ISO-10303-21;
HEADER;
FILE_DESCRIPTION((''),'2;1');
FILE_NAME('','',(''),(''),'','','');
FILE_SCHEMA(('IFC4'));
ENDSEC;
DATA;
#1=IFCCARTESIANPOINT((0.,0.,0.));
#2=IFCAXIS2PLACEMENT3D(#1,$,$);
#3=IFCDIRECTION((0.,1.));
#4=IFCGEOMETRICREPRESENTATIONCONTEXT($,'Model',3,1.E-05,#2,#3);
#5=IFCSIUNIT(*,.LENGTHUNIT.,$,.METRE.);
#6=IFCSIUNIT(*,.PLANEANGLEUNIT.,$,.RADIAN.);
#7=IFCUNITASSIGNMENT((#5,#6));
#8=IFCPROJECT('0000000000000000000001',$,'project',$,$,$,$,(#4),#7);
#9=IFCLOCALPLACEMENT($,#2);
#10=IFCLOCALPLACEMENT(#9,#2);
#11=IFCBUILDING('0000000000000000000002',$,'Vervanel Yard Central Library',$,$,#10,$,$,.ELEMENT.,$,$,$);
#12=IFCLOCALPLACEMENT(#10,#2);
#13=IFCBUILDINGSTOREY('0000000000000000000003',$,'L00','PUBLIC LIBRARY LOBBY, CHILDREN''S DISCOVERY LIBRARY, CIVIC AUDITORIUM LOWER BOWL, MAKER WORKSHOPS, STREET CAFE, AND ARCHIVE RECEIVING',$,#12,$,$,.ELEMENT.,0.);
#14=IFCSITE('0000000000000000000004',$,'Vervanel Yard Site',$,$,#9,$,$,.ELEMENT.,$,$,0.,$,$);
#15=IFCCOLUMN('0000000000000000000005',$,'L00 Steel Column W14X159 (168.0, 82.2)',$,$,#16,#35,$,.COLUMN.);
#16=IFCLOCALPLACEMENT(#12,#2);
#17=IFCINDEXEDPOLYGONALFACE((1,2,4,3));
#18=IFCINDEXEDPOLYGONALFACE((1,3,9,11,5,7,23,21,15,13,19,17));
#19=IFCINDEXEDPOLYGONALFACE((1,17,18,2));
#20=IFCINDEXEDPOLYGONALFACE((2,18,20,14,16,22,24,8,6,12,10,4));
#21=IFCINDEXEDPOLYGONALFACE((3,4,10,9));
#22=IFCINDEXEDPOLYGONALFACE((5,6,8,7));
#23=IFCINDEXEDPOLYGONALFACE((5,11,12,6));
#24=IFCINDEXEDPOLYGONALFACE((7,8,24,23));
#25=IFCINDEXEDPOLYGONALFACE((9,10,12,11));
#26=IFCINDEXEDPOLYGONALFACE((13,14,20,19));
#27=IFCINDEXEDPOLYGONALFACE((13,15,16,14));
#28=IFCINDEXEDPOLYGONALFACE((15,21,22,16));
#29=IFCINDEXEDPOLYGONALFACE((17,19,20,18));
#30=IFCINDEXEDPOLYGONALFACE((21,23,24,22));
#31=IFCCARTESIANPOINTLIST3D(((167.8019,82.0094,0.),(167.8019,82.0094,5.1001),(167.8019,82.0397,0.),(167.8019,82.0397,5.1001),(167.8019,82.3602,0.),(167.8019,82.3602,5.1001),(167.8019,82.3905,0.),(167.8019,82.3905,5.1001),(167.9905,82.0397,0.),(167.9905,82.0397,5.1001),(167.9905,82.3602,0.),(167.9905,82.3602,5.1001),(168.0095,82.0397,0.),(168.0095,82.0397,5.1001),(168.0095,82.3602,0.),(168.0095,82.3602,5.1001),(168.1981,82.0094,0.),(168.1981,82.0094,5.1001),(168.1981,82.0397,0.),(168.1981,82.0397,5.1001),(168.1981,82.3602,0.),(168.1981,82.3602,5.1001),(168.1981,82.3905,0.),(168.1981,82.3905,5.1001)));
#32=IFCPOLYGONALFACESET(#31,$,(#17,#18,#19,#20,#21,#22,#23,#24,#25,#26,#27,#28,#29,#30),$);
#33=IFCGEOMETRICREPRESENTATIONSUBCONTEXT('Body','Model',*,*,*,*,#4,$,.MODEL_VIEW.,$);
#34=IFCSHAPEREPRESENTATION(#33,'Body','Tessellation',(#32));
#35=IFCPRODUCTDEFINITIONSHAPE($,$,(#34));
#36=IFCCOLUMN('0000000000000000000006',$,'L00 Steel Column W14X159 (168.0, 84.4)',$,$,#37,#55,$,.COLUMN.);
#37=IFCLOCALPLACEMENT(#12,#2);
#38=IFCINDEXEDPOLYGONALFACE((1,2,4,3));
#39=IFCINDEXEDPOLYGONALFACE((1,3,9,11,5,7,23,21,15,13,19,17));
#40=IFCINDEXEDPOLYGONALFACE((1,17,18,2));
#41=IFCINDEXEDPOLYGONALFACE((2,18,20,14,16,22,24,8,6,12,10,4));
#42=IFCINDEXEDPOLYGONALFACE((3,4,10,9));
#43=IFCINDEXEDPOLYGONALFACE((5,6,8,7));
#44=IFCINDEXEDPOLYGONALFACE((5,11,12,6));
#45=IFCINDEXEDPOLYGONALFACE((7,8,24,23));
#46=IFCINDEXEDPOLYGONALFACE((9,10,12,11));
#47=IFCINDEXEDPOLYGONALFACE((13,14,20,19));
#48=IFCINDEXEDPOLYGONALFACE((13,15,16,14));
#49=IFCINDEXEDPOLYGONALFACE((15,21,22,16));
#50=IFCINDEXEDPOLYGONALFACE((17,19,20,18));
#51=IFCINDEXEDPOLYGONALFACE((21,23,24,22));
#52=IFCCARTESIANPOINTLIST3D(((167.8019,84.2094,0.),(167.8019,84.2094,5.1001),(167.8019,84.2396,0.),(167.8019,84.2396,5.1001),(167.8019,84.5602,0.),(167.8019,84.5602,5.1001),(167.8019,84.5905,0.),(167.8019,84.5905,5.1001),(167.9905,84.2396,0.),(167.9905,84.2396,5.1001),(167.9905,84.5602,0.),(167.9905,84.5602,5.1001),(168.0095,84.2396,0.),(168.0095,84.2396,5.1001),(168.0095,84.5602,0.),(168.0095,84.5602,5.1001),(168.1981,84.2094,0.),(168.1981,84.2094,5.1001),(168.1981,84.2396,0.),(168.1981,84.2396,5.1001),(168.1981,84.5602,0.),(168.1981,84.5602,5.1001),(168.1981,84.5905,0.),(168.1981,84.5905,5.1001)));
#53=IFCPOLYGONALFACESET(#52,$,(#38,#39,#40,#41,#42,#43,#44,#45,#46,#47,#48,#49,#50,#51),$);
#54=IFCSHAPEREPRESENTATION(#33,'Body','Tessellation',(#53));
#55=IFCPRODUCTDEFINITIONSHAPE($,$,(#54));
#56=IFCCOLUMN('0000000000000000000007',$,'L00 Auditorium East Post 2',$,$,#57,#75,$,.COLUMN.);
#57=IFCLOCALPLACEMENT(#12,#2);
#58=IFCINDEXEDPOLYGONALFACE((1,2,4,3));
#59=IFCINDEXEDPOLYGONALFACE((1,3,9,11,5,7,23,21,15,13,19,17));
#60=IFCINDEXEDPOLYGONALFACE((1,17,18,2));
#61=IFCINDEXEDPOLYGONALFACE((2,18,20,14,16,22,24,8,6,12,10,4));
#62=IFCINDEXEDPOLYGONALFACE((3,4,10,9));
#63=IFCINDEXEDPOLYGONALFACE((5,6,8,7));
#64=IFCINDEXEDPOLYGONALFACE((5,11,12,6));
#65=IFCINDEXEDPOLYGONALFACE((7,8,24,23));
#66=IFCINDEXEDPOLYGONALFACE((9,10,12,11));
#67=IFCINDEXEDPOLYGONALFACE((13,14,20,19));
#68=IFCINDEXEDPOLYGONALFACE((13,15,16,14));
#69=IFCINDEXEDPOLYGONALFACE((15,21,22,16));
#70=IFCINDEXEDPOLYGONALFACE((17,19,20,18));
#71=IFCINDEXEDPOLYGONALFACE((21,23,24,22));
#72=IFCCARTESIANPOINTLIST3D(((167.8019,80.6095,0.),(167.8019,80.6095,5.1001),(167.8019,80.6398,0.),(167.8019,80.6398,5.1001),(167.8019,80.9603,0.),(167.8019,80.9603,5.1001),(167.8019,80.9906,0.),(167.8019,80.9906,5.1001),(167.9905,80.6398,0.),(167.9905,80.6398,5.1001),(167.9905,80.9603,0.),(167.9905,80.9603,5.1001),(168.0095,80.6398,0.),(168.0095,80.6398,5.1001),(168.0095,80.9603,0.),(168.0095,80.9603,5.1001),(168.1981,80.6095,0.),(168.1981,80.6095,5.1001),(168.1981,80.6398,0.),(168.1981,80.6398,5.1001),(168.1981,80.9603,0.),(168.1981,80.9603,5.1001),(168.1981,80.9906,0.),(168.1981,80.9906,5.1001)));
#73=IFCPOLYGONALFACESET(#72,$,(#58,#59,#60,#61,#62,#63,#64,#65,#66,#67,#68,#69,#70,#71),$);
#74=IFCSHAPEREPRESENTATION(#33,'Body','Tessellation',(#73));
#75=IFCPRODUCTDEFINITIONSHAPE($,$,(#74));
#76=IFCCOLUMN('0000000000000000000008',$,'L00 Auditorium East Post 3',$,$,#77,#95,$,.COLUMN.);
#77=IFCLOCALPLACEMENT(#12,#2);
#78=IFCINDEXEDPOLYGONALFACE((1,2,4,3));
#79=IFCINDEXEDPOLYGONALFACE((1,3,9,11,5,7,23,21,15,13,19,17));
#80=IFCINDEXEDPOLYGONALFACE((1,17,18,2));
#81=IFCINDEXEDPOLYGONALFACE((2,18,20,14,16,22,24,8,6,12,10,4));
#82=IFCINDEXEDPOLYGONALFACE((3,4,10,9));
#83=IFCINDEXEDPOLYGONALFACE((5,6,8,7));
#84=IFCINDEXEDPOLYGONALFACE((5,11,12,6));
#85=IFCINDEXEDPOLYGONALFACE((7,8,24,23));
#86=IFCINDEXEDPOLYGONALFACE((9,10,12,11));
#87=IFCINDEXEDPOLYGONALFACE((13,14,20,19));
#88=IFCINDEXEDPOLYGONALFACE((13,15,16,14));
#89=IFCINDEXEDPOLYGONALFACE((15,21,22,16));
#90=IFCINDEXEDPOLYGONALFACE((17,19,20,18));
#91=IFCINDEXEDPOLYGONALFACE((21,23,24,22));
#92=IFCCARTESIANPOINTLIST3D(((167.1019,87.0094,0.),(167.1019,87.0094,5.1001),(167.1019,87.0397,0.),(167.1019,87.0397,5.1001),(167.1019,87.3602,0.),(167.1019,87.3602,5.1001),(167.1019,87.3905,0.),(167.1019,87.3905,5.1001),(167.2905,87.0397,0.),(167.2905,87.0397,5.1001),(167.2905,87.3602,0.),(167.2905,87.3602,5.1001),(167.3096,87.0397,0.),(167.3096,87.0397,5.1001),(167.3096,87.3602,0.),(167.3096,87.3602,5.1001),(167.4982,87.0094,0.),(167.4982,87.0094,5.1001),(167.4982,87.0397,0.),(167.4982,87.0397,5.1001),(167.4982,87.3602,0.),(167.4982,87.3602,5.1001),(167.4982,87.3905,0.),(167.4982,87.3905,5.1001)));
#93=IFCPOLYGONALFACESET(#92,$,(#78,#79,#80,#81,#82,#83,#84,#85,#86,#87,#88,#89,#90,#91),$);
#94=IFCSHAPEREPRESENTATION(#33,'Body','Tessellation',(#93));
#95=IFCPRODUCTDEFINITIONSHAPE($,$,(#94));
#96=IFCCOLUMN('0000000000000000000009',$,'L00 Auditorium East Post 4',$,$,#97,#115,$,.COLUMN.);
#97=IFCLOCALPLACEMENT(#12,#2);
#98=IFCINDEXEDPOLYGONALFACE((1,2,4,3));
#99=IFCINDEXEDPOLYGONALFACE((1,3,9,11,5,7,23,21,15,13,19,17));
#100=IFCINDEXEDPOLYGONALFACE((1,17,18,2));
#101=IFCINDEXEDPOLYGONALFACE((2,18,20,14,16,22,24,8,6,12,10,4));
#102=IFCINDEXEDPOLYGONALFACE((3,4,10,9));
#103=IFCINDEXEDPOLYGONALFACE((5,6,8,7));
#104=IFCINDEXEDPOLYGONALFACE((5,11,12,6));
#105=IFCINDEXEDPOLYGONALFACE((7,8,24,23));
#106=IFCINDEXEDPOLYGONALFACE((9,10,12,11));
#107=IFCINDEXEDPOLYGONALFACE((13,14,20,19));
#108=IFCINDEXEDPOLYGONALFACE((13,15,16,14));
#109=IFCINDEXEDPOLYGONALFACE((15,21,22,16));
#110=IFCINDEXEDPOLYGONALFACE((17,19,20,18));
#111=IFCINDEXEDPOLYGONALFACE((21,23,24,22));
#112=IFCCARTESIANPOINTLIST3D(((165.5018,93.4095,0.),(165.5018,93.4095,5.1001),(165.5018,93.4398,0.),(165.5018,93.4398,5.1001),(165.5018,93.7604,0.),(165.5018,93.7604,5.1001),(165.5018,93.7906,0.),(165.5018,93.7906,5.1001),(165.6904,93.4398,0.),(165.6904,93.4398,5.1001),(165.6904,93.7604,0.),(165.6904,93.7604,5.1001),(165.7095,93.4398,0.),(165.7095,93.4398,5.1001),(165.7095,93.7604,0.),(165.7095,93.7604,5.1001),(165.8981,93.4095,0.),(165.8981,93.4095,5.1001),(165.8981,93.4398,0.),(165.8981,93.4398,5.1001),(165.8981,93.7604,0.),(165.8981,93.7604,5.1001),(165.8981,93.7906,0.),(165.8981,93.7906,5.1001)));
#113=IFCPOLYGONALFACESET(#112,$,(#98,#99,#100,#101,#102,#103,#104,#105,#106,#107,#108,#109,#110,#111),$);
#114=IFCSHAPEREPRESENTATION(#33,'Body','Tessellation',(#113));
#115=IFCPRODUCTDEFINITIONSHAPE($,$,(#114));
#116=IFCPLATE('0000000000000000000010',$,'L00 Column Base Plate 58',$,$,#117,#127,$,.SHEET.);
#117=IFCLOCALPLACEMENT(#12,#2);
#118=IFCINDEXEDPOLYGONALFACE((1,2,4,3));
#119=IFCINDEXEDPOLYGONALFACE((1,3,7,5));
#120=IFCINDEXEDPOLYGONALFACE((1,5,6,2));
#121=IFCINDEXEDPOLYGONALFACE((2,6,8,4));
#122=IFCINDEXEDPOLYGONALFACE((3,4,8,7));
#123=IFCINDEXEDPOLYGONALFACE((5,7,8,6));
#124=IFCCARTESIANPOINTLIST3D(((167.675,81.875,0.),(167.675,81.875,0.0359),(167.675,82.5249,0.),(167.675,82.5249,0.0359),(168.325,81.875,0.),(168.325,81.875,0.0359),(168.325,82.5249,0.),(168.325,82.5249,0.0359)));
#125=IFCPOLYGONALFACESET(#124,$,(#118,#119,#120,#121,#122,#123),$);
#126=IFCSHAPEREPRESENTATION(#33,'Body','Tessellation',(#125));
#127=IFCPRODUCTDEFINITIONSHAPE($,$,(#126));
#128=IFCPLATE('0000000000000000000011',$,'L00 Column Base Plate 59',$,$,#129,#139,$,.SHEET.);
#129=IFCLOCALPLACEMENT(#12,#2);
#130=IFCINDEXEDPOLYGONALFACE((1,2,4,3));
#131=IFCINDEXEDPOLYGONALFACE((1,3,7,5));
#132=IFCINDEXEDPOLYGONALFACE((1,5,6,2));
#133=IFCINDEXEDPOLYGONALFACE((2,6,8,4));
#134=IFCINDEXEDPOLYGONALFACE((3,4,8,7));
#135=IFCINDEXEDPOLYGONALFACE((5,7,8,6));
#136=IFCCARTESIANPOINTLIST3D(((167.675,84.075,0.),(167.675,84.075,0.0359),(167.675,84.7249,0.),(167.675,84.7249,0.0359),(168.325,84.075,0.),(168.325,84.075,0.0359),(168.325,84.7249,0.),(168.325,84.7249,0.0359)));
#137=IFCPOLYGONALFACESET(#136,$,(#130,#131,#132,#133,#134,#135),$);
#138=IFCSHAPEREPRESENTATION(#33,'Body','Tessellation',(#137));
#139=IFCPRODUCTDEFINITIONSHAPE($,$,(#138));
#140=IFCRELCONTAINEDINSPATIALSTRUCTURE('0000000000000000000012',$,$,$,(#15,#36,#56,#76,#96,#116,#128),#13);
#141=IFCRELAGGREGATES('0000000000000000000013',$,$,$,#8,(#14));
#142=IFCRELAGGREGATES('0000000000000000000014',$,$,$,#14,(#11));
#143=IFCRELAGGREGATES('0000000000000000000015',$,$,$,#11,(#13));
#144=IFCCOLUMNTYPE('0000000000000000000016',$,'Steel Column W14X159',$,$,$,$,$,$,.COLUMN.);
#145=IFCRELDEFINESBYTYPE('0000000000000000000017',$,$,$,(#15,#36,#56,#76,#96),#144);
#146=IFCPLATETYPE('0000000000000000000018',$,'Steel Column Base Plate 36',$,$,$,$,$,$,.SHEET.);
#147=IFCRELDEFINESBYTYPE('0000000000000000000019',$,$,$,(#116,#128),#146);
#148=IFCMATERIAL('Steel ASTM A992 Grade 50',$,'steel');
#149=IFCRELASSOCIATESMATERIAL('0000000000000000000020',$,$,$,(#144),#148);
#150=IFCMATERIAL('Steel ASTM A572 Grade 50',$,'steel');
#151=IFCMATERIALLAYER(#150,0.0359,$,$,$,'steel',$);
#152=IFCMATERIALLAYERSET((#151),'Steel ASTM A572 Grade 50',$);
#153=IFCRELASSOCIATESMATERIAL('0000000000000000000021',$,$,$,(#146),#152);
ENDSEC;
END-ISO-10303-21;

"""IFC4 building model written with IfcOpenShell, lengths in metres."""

from ifc_helpers import new_model, si_unit, direction, frame, origin, origin_2d, place, context, subcontext, project, spatial, rectangle, i_section, extrude, material, layer, layer_set, material_profile, profile_set, type_object, element, save


model = new_model("IFC4")

# Units and contexts
model_context = context("Model", 3, precision=1e-05, world=origin(), true_north=direction((0.0, 1.0)))
body_context = subcontext(model_context, "Body", "Model", "MODEL_VIEW")
ifc_project = project(units=[si_unit("LENGTHUNIT", "METRE"), si_unit("PLANEANGLEUNIT", "RADIAN")], contexts=[model_context])

# Site, building, storey
site_placement = place(None, origin())
site = spatial("IfcSite", under=ifc_project, at=site_placement, Name="Vervanel Yard Site", CompositionType="ELEMENT", RefElevation=0.0)
building_placement = place(site_placement, origin())
building = spatial("IfcBuilding", under=site, at=building_placement, Name="Vervanel Yard Central Library", CompositionType="ELEMENT")
storey_placement = place(building_placement, origin())
storey = spatial("IfcBuildingStorey", under=building, at=storey_placement, Name="L00", Description="PUBLIC LIBRARY LOBBY, CHILDREN'S DISCOVERY LIBRARY, CIVIC AUDITORIUM LOWER BOWL, MAKER WORKSHOPS, STREET CAFE, AND ARCHIVE RECEIVING", CompositionType="ELEMENT", Elevation=0.0)

# Columns
ifc_material_1 = material(Name="Steel ASTM A992 Grade 50", Category="steel")
ifc_material_profile_1 = material_profile(ifc_material_1, i_section(OverallWidth=0.3962, OverallDepth=0.3811, WebThickness=0.019, FlangeThickness=0.0303, at=origin_2d()), Name="W14X159", Category="steel")
ifc_profile_set_1 = profile_set([ifc_material_profile_1], Name="Steel ASTM A992 Grade 50")
column_type = type_object("IfcColumnType", Name="Steel Column W14X159", PredefinedType="COLUMN", material=ifc_profile_set_1)
for number, where, z_axis, x_axis, name in (
    (1, (168.0, 82.2, 0.0), (0.0, 0.0, 1.0), (1.0, 0.0, 0.0), "L00 Steel Column W14X159 (168.0, 82.2)"),
    (2, (168.0, 84.3999, 0.0), (0.0, 0.0, 1.0), (1.0, 0.0, 0.0), "L00 Steel Column W14X159 (168.0, 84.4)"),
    (3, (168.0, 80.8, 0.0), (0.0, 0.0, 1.0), (1.0, 0.0, 0.0), "L00 Auditorium East Post 2"),
    (4, (167.3, 87.2, 0.0), (0.0, 0.0, 1.0), (1.0, 0.0, 0.0), "L00 Auditorium East Post 3"),
    (5, (165.7, 93.6001, 0.0), (0.0, 0.0, 1.0), (1.0, 0.0, 0.0), "L00 Auditorium East Post 4"),
):
    element("IfcColumn", number, at=place(storey_placement, frame(where, z_axis=z_axis, x_axis=x_axis)), inside=storey, type_object=column_type, Name=name, PredefinedType="COLUMN", context=body_context, shape_type="SweptSolid", body=[
        extrude(i_section(OverallWidth=0.3962, OverallDepth=0.3811, WebThickness=0.019, FlangeThickness=0.0303, at=origin_2d()), origin(), (0.0, 0.0, 1.0), 5.1001),
    ])

# Plates
ifc_material_2 = material(Name="Steel ASTM A572 Grade 50", Category="steel")
ifc_layer_1 = layer(ifc_material_2, 0.0359, Category="steel")
ifc_layer_set_1 = layer_set([ifc_layer_1], Name="Steel ASTM A572 Grade 50")
plate_type = type_object("IfcPlateType", Name="Steel Column Base Plate 36", PredefinedType="SHEET", material=ifc_layer_set_1)
for number, where, z_axis, x_axis, name in (
    (6, (168.0, 82.2, 0.0), (0.0, 0.0, 1.0), (1.0, 0.0, 0.0), "L00 Column Base Plate 58"),
    (7, (168.0, 84.3999, 0.0), (0.0, 0.0, 1.0), (1.0, 0.0, 0.0), "L00 Column Base Plate 59"),
):
    element("IfcPlate", number, at=place(storey_placement, frame(where, z_axis=z_axis, x_axis=x_axis)), inside=storey, type_object=plate_type, Name=name, PredefinedType="SHEET", context=body_context, shape_type="SweptSolid", body=[
        extrude(rectangle(XDim=0.6499, YDim=0.6499, at=origin_2d()), origin(), (0.0, 0.0, 1.0), 0.0359),
    ])

save(model, "model.ifc")
